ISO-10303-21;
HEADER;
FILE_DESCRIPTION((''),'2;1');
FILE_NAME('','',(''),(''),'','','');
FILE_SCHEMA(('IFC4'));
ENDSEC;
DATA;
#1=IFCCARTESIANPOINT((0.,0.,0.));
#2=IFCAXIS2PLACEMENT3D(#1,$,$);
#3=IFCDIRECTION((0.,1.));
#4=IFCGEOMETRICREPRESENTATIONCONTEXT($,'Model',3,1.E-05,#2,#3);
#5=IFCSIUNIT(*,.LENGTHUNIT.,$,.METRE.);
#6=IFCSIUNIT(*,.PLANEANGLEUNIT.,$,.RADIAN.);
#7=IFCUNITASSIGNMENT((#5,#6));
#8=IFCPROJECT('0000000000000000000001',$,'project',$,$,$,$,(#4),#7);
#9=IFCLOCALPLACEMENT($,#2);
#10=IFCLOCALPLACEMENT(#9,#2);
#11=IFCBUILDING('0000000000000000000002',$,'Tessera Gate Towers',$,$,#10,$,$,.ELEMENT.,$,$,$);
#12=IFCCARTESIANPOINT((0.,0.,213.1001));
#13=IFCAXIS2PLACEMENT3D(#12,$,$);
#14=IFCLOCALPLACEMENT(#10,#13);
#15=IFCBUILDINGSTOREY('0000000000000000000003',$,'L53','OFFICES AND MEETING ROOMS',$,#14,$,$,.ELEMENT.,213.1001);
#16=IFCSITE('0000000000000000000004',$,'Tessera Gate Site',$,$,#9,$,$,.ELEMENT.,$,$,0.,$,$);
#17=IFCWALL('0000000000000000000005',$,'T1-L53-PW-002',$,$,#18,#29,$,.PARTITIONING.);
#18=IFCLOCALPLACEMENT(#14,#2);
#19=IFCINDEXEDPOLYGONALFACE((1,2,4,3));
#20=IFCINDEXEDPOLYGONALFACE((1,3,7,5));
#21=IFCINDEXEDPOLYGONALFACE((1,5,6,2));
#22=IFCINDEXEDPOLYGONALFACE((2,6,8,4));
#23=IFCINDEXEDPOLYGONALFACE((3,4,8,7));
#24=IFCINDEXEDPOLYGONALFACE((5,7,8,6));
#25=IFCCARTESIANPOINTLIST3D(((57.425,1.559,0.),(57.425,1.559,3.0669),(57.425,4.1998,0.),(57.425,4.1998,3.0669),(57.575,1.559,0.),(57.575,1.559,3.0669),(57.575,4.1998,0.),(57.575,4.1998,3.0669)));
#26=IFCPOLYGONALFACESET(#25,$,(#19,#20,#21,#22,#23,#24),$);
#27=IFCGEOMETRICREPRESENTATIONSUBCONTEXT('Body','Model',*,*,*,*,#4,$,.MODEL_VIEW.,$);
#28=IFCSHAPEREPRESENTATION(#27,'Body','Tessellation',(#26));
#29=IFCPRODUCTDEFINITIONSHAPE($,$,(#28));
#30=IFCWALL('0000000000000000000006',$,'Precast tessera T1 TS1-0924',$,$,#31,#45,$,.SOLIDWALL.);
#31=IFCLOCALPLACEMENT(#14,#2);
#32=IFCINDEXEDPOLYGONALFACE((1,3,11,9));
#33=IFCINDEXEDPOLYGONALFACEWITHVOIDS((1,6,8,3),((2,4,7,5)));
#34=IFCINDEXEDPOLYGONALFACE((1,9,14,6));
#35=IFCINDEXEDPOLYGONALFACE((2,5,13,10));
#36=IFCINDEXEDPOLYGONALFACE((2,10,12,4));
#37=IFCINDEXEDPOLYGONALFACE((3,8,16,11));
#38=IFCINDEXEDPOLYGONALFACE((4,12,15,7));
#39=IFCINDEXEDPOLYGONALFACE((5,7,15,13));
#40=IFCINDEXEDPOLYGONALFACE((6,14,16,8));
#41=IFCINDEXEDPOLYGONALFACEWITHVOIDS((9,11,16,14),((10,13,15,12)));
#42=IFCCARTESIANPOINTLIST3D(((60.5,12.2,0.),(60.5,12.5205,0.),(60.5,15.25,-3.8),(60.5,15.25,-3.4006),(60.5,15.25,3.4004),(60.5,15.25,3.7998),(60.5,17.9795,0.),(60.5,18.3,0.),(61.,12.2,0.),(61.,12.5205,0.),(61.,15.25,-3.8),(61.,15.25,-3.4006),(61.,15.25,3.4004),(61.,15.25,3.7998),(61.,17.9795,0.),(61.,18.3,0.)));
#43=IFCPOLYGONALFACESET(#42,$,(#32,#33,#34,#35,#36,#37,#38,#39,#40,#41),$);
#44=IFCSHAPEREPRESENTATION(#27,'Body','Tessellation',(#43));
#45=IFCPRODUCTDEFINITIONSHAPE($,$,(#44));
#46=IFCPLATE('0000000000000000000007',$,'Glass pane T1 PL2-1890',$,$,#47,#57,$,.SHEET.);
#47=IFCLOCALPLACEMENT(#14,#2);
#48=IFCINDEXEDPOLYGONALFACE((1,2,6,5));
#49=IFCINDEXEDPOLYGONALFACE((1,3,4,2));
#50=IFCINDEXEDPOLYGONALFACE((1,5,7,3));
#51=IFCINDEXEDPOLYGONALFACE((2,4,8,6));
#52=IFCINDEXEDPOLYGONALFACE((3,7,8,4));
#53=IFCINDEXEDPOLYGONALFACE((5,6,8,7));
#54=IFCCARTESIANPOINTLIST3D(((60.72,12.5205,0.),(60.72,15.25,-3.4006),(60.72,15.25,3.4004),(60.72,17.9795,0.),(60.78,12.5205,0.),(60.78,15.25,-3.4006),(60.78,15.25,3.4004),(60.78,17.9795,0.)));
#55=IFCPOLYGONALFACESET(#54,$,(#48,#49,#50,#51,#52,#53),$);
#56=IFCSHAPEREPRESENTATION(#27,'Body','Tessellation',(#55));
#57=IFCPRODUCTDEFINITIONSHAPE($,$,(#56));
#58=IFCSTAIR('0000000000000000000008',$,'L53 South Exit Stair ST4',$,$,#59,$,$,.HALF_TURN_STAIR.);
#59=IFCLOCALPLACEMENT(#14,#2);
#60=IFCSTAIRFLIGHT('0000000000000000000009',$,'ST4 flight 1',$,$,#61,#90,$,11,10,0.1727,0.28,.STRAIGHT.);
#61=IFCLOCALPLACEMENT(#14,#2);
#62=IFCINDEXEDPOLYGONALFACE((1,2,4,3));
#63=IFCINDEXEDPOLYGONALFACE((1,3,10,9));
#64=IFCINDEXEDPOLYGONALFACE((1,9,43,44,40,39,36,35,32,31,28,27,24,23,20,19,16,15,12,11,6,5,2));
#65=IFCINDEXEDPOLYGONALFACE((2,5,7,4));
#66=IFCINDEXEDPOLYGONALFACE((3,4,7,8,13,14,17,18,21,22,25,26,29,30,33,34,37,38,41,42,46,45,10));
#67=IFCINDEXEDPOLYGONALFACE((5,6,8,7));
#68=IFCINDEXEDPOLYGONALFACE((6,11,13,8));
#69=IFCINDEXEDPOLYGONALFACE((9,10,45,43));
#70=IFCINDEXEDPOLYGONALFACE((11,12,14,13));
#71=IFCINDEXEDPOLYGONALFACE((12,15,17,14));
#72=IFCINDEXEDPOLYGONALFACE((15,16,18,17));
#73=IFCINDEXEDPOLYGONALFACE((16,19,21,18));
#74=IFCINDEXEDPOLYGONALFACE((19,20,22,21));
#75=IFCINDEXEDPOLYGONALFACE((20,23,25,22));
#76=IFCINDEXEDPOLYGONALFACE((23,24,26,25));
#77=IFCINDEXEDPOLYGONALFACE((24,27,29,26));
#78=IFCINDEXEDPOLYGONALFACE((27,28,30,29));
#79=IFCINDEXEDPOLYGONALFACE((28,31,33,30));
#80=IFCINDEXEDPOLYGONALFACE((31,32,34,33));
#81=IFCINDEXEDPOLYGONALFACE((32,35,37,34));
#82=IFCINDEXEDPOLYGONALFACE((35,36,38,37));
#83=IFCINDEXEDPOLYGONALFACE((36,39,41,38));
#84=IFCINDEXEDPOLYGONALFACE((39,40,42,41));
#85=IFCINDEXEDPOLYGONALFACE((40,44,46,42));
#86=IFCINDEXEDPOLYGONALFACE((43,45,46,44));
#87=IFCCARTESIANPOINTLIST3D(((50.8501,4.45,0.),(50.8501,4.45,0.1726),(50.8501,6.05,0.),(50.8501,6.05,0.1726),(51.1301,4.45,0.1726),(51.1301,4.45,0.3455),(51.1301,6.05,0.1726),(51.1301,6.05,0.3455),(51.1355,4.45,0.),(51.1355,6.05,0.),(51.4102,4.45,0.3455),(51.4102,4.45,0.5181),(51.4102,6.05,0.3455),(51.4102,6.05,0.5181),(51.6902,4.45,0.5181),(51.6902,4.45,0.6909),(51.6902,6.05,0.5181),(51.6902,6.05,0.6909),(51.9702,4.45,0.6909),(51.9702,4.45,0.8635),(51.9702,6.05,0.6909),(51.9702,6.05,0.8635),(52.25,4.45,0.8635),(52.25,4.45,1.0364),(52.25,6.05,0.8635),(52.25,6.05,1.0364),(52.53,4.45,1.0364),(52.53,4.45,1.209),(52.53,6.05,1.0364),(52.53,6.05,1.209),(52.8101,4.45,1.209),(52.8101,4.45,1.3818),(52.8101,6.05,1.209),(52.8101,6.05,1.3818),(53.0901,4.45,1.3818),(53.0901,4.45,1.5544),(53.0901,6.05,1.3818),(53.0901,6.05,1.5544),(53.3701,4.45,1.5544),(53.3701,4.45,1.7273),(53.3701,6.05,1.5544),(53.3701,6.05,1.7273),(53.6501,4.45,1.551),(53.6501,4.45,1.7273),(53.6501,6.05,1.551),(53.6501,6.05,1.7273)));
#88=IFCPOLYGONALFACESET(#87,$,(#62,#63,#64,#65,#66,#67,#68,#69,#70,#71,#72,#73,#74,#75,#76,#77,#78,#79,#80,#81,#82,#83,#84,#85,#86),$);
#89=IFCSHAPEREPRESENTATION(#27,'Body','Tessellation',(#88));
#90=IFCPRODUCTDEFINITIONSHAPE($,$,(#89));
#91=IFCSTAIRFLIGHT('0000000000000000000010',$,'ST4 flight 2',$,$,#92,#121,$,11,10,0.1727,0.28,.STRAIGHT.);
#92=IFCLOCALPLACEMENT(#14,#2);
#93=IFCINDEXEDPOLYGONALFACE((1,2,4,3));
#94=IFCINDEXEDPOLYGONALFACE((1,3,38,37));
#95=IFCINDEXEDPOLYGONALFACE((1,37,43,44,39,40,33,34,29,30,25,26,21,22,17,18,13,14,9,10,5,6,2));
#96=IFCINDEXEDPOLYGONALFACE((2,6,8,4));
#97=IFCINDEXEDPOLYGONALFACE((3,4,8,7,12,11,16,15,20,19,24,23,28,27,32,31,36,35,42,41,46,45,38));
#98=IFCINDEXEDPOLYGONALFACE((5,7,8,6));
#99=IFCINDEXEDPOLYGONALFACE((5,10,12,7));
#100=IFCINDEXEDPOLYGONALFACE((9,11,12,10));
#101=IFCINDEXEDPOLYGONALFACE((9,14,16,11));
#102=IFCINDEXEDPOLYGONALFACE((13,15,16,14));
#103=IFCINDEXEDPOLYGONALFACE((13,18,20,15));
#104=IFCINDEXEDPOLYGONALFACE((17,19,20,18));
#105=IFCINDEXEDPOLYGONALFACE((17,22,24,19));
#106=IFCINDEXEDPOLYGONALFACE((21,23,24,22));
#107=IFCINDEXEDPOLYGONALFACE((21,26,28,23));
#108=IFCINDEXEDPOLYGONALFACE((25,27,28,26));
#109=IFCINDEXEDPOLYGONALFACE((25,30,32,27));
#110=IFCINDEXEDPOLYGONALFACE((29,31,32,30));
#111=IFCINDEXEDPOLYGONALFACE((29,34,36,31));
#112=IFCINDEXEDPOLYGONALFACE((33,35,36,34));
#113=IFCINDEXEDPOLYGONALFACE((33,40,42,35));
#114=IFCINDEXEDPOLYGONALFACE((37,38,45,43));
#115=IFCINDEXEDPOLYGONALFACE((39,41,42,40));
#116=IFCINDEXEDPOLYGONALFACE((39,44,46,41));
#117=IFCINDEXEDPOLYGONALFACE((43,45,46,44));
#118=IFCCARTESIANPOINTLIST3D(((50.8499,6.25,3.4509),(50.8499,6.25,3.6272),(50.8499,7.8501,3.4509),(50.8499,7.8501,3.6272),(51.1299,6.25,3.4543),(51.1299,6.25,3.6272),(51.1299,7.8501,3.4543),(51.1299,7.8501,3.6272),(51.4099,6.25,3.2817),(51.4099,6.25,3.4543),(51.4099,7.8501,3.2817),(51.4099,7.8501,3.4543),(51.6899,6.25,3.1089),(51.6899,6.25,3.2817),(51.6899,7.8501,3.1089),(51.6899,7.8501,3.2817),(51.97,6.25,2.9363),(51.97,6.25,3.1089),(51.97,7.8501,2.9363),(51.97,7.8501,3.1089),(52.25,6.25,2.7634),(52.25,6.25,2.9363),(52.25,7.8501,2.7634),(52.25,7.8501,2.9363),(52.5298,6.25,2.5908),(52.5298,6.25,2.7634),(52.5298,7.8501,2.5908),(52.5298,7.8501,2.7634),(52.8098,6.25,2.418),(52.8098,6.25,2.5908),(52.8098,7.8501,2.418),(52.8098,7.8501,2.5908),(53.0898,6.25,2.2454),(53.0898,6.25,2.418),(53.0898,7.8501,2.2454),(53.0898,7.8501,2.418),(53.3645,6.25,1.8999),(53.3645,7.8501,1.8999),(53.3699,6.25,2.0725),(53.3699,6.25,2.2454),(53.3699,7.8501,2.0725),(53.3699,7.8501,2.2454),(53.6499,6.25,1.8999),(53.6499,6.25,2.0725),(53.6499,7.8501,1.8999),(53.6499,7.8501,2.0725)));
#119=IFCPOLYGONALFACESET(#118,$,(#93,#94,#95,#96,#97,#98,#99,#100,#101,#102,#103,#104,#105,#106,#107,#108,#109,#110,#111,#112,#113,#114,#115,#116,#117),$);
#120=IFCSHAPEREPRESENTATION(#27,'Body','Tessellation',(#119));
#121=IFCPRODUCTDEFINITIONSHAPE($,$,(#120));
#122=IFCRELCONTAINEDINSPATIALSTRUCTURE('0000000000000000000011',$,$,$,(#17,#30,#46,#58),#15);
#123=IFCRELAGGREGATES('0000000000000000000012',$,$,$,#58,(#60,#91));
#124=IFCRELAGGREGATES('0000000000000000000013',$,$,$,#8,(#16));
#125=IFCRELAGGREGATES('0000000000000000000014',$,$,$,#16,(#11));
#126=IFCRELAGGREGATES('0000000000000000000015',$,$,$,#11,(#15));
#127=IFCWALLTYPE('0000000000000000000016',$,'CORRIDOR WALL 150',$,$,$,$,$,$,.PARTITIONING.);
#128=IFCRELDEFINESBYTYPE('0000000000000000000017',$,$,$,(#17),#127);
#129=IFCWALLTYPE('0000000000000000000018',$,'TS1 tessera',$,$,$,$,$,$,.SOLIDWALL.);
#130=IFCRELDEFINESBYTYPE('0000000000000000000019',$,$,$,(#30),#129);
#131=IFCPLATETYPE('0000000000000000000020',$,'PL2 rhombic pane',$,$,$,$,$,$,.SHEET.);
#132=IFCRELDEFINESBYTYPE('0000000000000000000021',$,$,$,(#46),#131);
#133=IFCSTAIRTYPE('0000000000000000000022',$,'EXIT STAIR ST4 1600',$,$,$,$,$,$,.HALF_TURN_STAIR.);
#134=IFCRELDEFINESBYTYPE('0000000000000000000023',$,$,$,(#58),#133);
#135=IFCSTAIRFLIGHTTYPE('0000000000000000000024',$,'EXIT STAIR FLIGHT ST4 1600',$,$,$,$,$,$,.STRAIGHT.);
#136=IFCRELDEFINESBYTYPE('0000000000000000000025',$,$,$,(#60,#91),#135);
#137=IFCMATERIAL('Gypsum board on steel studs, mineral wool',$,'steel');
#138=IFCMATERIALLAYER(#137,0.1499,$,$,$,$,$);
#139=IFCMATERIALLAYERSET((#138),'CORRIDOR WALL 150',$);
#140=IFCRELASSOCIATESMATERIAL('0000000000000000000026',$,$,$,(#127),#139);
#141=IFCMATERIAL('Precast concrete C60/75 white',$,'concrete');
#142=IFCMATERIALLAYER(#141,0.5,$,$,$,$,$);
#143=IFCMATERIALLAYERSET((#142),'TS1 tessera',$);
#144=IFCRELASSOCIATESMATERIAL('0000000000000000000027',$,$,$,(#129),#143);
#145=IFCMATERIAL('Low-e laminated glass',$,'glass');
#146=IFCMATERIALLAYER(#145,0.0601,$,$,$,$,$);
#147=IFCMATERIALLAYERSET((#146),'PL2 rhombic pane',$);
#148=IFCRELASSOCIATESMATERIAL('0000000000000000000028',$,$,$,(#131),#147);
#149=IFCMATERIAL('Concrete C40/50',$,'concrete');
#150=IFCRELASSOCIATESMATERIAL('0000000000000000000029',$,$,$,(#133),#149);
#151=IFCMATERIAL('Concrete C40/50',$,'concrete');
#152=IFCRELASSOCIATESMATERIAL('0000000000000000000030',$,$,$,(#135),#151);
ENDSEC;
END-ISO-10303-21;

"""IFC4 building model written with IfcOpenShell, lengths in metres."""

from ifc_helpers import new_model, si_unit, direction, frame, frame_2d, origin, place, context, subcontext, project, spatial, polyline, rectangle, outline, extrude, source, transform, mapped, material, layer, layer_set, type_object, element, fill, aggregate, save


model = new_model("IFC4")

# Units and contexts
model_context = context("Model", 3, precision=1e-05, world=origin(), true_north=direction((0.0, 1.0)))
body_context = subcontext(model_context, "Body", "Model", "MODEL_VIEW")
ifc_project = project(units=[si_unit("LENGTHUNIT", "METRE"), si_unit("PLANEANGLEUNIT", "RADIAN")], contexts=[model_context])

# Site, building, storey
site_placement = place(None, origin())
site = spatial("IfcSite", under=ifc_project, at=site_placement, Name="Tessera Gate Site", CompositionType="ELEMENT", RefElevation=0.0)
building_placement = place(site_placement, origin())
building = spatial("IfcBuilding", under=site, at=building_placement, Name="Tessera Gate Towers", CompositionType="ELEMENT")
storey_placement = place(building_placement, frame((0.0, 0.0, 213.1001)))
storey = spatial("IfcBuildingStorey", under=building, at=storey_placement, Name="L53", Description="OFFICES AND MEETING ROOMS", CompositionType="ELEMENT", Elevation=213.1001)

# Wall
ifc_material_1 = material(Name="Gypsum board on steel studs, mineral wool", Category="steel")
ifc_layer_1 = layer(ifc_material_1, 0.1499)
ifc_layer_set_1 = layer_set([ifc_layer_1], Name="CORRIDOR WALL 150")
wall_type_1 = type_object("IfcWallType", Name="CORRIDOR WALL 150", PredefinedType="PARTITIONING", material=ifc_layer_set_1)
wall_1_placement = place(storey_placement, frame((57.5, 1.5591, 0.0), z_axis=(0.0, 0.0, 1.0), x_axis=(0.0, 1.0, 0.0)))
element("IfcWall", 1, at=wall_1_placement, inside=storey, type_object=wall_type_1, Name="T1-L53-PW-002", PredefinedType="PARTITIONING", context=body_context, shape_type="SweptSolid", body=[
    extrude(rectangle(XDim=2.6409, YDim=0.1499, at=frame_2d((1.3203, 0.0))), origin(), (0.0, 0.0, 1.0), 3.0669),
])

# Wall, opening, plate
ifc_material_2 = material(Name="Precast concrete C60/75 white", Category="concrete")
ifc_layer_2 = layer(ifc_material_2, 0.5)
ifc_layer_set_2 = layer_set([ifc_layer_2], Name="TS1 tessera")
wall_type_2 = type_object("IfcWallType", Name="TS1 tessera", PredefinedType="SOLIDWALL", material=ifc_layer_set_2)
shared_shape_1 = source(origin(), body_context, "Body", "SweptSolid", [
    extrude(outline(polyline([(3.05, 0.0), (6.1001, 3.8), (3.05, 7.5999), (0.0, 3.8), (3.05, 0.0)])), frame((0.0, 0.25, 0.0), z_axis=(0.0, -1.0, 0.0), x_axis=(1.0, 0.0, 0.0)), (0.0, 0.0, 1.0), 0.5),
])
wall_2_placement = place(storey_placement, frame((60.75, 12.2, -3.8), z_axis=(0.0, 0.0, 1.0), x_axis=(0.0, 1.0, 0.0)))
wall_2 = element("IfcWall", 2, at=wall_2_placement, inside=storey, type_object=wall_type_2, Name="Precast tessera T1 TS1-0924", PredefinedType="SOLIDWALL", context=body_context, shape_type="MappedRepresentation", body=[
    mapped(shared_shape_1, transform((0.0, 0.0, 0.0), scale=1.0)),
])
shared_shape_2 = source(origin(), body_context, "Body", "SweptSolid", [
    extrude(outline(polyline([(3.05, 0.3994), (5.7795, 3.8), (3.05, 7.2004), (0.3206, 3.8), (3.05, 0.3994)])), frame((0.0, 0.26, 0.0), z_axis=(0.0, -1.0, 0.0), x_axis=(1.0, 0.0, 0.0)), (0.0, 0.0, 1.0), 0.52),
])
opening_1_placement = place(wall_2_placement, origin())
opening_1 = element("IfcOpeningElement", 3, at=opening_1_placement, cuts=wall_2, PredefinedType="OPENING", context=body_context, shape_type="MappedRepresentation", body=[
    mapped(shared_shape_2, transform((0.0, 0.0, 0.0), scale=1.0)),
])
ifc_material_3 = material(Name="Low-e laminated glass", Category="glass")
ifc_layer_3 = layer(ifc_material_3, 0.0601)
ifc_layer_set_3 = layer_set([ifc_layer_3], Name="PL2 rhombic pane")
plate_type = type_object("IfcPlateType", Name="PL2 rhombic pane", PredefinedType="SHEET", material=ifc_layer_set_3)
shared_shape_3 = source(origin(), body_context, "Body", "SweptSolid", [
    extrude(outline(polyline([(3.05, 0.3994), (5.7795, 3.8), (3.05, 7.2004), (0.3206, 3.8), (3.05, 0.3994)])), frame((0.0, 0.03, 0.0), z_axis=(0.0, -1.0, 0.0), x_axis=(1.0, 0.0, 0.0)), (0.0, 0.0, 1.0), 0.0601),
])
plate_placement = place(opening_1_placement, origin())
plate = element("IfcPlate", 4, at=plate_placement, inside=storey, type_object=plate_type, Name="Glass pane T1 PL2-1890", PredefinedType="SHEET", context=body_context, shape_type="MappedRepresentation", body=[
    mapped(shared_shape_3, transform((0.0, 0.0, 0.0), scale=1.0)),
])
fill(opening_1, plate)

# Stair, stair flights
ifc_material_4 = material(Name="Concrete C40/50", Category="concrete")
stair_type = type_object("IfcStairType", Name="EXIT STAIR ST4 1600", PredefinedType="HALF_TURN_STAIR", material=ifc_material_4)
stair_placement = place(storey_placement, origin())
stair = element("IfcStair", 5, at=stair_placement, inside=storey, type_object=stair_type, Name="L53 South Exit Stair ST4", PredefinedType="HALF_TURN_STAIR")
ifc_material_5 = material(Name="Concrete C40/50", Category="concrete")
stair_flight_type = type_object("IfcStairFlightType", Name="EXIT STAIR FLIGHT ST4 1600", PredefinedType="STRAIGHT", material=ifc_material_5)
stair_flight_1_placement = place(storey_placement, frame((50.8501, 5.25, 0.0), z_axis=(0.0, 0.0, 1.0), x_axis=(1.0, 0.0, 0.0)))
stair_flight_1 = element("IfcStairFlight", 6, at=stair_flight_1_placement, type_object=stair_flight_type, Name="ST4 flight 1", NumberOfRisers=11, NumberOfTreads=10, PredefinedType="STRAIGHT", RiserHeight=0.1727, TreadLength=0.28, context=body_context, shape_type="SweptSolid", body=[
    extrude(outline(polyline([(0.0, 0.0), (0.0, 0.1726), (0.28, 0.1726), (0.28, 0.3455), (0.5601, 0.3455), (0.5601, 0.5181), (0.8401, 0.5181), (0.8401, 0.6909), (1.1201, 0.6909), (1.1201, 0.8635), (1.3999, 0.8635), (1.3999, 1.0364), (1.6799, 1.0364), (1.6799, 1.209), (1.96, 1.209), (1.96, 1.3818), (2.24, 1.3818), (2.24, 1.5544), (2.52, 1.5544), (2.52, 1.7273), (2.8, 1.7273), (2.8, 1.8999), (2.8, 1.551), (0.2854, 0.0), (0.0, 0.0)])), frame((0.0, 0.8, 0.0), z_axis=(0.0, -1.0, 0.0), x_axis=(1.0, 0.0, 0.0)), (0.0, 0.0, 1.0), 1.6001),
])
stair_flight_2_placement = place(storey_placement, frame((53.6499, 7.05, 1.8999), z_axis=(0.0, 0.0, 1.0), x_axis=(-1.0, 0.0, 0.0)))
stair_flight_2 = element("IfcStairFlight", 7, at=stair_flight_2_placement, type_object=stair_flight_type, Name="ST4 flight 2", NumberOfRisers=11, NumberOfTreads=10, PredefinedType="STRAIGHT", RiserHeight=0.1727, TreadLength=0.28, context=body_context, shape_type="SweptSolid", body=[
    extrude(outline(polyline([(0.0, 0.0), (0.0, 0.1726), (0.28, 0.1726), (0.28, 0.3455), (0.5601, 0.3455), (0.5601, 0.5181), (0.8401, 0.5181), (0.8401, 0.6909), (1.1201, 0.6909), (1.1201, 0.8635), (1.3999, 0.8635), (1.3999, 1.0364), (1.6799, 1.0364), (1.6799, 1.209), (1.96, 1.209), (1.96, 1.3818), (2.24, 1.3818), (2.24, 1.5544), (2.52, 1.5544), (2.52, 1.7273), (2.8, 1.7273), (2.8, 1.8999), (2.8, 1.551), (0.2854, 0.0), (0.0, 0.0)])), frame((0.0, 0.8, 0.0), z_axis=(0.0, -1.0, 0.0), x_axis=(1.0, 0.0, 0.0)), (0.0, 0.0, 1.0), 1.6001),
])
aggregate(stair, [stair_flight_1, stair_flight_2])

save(model, "model.ifc")
